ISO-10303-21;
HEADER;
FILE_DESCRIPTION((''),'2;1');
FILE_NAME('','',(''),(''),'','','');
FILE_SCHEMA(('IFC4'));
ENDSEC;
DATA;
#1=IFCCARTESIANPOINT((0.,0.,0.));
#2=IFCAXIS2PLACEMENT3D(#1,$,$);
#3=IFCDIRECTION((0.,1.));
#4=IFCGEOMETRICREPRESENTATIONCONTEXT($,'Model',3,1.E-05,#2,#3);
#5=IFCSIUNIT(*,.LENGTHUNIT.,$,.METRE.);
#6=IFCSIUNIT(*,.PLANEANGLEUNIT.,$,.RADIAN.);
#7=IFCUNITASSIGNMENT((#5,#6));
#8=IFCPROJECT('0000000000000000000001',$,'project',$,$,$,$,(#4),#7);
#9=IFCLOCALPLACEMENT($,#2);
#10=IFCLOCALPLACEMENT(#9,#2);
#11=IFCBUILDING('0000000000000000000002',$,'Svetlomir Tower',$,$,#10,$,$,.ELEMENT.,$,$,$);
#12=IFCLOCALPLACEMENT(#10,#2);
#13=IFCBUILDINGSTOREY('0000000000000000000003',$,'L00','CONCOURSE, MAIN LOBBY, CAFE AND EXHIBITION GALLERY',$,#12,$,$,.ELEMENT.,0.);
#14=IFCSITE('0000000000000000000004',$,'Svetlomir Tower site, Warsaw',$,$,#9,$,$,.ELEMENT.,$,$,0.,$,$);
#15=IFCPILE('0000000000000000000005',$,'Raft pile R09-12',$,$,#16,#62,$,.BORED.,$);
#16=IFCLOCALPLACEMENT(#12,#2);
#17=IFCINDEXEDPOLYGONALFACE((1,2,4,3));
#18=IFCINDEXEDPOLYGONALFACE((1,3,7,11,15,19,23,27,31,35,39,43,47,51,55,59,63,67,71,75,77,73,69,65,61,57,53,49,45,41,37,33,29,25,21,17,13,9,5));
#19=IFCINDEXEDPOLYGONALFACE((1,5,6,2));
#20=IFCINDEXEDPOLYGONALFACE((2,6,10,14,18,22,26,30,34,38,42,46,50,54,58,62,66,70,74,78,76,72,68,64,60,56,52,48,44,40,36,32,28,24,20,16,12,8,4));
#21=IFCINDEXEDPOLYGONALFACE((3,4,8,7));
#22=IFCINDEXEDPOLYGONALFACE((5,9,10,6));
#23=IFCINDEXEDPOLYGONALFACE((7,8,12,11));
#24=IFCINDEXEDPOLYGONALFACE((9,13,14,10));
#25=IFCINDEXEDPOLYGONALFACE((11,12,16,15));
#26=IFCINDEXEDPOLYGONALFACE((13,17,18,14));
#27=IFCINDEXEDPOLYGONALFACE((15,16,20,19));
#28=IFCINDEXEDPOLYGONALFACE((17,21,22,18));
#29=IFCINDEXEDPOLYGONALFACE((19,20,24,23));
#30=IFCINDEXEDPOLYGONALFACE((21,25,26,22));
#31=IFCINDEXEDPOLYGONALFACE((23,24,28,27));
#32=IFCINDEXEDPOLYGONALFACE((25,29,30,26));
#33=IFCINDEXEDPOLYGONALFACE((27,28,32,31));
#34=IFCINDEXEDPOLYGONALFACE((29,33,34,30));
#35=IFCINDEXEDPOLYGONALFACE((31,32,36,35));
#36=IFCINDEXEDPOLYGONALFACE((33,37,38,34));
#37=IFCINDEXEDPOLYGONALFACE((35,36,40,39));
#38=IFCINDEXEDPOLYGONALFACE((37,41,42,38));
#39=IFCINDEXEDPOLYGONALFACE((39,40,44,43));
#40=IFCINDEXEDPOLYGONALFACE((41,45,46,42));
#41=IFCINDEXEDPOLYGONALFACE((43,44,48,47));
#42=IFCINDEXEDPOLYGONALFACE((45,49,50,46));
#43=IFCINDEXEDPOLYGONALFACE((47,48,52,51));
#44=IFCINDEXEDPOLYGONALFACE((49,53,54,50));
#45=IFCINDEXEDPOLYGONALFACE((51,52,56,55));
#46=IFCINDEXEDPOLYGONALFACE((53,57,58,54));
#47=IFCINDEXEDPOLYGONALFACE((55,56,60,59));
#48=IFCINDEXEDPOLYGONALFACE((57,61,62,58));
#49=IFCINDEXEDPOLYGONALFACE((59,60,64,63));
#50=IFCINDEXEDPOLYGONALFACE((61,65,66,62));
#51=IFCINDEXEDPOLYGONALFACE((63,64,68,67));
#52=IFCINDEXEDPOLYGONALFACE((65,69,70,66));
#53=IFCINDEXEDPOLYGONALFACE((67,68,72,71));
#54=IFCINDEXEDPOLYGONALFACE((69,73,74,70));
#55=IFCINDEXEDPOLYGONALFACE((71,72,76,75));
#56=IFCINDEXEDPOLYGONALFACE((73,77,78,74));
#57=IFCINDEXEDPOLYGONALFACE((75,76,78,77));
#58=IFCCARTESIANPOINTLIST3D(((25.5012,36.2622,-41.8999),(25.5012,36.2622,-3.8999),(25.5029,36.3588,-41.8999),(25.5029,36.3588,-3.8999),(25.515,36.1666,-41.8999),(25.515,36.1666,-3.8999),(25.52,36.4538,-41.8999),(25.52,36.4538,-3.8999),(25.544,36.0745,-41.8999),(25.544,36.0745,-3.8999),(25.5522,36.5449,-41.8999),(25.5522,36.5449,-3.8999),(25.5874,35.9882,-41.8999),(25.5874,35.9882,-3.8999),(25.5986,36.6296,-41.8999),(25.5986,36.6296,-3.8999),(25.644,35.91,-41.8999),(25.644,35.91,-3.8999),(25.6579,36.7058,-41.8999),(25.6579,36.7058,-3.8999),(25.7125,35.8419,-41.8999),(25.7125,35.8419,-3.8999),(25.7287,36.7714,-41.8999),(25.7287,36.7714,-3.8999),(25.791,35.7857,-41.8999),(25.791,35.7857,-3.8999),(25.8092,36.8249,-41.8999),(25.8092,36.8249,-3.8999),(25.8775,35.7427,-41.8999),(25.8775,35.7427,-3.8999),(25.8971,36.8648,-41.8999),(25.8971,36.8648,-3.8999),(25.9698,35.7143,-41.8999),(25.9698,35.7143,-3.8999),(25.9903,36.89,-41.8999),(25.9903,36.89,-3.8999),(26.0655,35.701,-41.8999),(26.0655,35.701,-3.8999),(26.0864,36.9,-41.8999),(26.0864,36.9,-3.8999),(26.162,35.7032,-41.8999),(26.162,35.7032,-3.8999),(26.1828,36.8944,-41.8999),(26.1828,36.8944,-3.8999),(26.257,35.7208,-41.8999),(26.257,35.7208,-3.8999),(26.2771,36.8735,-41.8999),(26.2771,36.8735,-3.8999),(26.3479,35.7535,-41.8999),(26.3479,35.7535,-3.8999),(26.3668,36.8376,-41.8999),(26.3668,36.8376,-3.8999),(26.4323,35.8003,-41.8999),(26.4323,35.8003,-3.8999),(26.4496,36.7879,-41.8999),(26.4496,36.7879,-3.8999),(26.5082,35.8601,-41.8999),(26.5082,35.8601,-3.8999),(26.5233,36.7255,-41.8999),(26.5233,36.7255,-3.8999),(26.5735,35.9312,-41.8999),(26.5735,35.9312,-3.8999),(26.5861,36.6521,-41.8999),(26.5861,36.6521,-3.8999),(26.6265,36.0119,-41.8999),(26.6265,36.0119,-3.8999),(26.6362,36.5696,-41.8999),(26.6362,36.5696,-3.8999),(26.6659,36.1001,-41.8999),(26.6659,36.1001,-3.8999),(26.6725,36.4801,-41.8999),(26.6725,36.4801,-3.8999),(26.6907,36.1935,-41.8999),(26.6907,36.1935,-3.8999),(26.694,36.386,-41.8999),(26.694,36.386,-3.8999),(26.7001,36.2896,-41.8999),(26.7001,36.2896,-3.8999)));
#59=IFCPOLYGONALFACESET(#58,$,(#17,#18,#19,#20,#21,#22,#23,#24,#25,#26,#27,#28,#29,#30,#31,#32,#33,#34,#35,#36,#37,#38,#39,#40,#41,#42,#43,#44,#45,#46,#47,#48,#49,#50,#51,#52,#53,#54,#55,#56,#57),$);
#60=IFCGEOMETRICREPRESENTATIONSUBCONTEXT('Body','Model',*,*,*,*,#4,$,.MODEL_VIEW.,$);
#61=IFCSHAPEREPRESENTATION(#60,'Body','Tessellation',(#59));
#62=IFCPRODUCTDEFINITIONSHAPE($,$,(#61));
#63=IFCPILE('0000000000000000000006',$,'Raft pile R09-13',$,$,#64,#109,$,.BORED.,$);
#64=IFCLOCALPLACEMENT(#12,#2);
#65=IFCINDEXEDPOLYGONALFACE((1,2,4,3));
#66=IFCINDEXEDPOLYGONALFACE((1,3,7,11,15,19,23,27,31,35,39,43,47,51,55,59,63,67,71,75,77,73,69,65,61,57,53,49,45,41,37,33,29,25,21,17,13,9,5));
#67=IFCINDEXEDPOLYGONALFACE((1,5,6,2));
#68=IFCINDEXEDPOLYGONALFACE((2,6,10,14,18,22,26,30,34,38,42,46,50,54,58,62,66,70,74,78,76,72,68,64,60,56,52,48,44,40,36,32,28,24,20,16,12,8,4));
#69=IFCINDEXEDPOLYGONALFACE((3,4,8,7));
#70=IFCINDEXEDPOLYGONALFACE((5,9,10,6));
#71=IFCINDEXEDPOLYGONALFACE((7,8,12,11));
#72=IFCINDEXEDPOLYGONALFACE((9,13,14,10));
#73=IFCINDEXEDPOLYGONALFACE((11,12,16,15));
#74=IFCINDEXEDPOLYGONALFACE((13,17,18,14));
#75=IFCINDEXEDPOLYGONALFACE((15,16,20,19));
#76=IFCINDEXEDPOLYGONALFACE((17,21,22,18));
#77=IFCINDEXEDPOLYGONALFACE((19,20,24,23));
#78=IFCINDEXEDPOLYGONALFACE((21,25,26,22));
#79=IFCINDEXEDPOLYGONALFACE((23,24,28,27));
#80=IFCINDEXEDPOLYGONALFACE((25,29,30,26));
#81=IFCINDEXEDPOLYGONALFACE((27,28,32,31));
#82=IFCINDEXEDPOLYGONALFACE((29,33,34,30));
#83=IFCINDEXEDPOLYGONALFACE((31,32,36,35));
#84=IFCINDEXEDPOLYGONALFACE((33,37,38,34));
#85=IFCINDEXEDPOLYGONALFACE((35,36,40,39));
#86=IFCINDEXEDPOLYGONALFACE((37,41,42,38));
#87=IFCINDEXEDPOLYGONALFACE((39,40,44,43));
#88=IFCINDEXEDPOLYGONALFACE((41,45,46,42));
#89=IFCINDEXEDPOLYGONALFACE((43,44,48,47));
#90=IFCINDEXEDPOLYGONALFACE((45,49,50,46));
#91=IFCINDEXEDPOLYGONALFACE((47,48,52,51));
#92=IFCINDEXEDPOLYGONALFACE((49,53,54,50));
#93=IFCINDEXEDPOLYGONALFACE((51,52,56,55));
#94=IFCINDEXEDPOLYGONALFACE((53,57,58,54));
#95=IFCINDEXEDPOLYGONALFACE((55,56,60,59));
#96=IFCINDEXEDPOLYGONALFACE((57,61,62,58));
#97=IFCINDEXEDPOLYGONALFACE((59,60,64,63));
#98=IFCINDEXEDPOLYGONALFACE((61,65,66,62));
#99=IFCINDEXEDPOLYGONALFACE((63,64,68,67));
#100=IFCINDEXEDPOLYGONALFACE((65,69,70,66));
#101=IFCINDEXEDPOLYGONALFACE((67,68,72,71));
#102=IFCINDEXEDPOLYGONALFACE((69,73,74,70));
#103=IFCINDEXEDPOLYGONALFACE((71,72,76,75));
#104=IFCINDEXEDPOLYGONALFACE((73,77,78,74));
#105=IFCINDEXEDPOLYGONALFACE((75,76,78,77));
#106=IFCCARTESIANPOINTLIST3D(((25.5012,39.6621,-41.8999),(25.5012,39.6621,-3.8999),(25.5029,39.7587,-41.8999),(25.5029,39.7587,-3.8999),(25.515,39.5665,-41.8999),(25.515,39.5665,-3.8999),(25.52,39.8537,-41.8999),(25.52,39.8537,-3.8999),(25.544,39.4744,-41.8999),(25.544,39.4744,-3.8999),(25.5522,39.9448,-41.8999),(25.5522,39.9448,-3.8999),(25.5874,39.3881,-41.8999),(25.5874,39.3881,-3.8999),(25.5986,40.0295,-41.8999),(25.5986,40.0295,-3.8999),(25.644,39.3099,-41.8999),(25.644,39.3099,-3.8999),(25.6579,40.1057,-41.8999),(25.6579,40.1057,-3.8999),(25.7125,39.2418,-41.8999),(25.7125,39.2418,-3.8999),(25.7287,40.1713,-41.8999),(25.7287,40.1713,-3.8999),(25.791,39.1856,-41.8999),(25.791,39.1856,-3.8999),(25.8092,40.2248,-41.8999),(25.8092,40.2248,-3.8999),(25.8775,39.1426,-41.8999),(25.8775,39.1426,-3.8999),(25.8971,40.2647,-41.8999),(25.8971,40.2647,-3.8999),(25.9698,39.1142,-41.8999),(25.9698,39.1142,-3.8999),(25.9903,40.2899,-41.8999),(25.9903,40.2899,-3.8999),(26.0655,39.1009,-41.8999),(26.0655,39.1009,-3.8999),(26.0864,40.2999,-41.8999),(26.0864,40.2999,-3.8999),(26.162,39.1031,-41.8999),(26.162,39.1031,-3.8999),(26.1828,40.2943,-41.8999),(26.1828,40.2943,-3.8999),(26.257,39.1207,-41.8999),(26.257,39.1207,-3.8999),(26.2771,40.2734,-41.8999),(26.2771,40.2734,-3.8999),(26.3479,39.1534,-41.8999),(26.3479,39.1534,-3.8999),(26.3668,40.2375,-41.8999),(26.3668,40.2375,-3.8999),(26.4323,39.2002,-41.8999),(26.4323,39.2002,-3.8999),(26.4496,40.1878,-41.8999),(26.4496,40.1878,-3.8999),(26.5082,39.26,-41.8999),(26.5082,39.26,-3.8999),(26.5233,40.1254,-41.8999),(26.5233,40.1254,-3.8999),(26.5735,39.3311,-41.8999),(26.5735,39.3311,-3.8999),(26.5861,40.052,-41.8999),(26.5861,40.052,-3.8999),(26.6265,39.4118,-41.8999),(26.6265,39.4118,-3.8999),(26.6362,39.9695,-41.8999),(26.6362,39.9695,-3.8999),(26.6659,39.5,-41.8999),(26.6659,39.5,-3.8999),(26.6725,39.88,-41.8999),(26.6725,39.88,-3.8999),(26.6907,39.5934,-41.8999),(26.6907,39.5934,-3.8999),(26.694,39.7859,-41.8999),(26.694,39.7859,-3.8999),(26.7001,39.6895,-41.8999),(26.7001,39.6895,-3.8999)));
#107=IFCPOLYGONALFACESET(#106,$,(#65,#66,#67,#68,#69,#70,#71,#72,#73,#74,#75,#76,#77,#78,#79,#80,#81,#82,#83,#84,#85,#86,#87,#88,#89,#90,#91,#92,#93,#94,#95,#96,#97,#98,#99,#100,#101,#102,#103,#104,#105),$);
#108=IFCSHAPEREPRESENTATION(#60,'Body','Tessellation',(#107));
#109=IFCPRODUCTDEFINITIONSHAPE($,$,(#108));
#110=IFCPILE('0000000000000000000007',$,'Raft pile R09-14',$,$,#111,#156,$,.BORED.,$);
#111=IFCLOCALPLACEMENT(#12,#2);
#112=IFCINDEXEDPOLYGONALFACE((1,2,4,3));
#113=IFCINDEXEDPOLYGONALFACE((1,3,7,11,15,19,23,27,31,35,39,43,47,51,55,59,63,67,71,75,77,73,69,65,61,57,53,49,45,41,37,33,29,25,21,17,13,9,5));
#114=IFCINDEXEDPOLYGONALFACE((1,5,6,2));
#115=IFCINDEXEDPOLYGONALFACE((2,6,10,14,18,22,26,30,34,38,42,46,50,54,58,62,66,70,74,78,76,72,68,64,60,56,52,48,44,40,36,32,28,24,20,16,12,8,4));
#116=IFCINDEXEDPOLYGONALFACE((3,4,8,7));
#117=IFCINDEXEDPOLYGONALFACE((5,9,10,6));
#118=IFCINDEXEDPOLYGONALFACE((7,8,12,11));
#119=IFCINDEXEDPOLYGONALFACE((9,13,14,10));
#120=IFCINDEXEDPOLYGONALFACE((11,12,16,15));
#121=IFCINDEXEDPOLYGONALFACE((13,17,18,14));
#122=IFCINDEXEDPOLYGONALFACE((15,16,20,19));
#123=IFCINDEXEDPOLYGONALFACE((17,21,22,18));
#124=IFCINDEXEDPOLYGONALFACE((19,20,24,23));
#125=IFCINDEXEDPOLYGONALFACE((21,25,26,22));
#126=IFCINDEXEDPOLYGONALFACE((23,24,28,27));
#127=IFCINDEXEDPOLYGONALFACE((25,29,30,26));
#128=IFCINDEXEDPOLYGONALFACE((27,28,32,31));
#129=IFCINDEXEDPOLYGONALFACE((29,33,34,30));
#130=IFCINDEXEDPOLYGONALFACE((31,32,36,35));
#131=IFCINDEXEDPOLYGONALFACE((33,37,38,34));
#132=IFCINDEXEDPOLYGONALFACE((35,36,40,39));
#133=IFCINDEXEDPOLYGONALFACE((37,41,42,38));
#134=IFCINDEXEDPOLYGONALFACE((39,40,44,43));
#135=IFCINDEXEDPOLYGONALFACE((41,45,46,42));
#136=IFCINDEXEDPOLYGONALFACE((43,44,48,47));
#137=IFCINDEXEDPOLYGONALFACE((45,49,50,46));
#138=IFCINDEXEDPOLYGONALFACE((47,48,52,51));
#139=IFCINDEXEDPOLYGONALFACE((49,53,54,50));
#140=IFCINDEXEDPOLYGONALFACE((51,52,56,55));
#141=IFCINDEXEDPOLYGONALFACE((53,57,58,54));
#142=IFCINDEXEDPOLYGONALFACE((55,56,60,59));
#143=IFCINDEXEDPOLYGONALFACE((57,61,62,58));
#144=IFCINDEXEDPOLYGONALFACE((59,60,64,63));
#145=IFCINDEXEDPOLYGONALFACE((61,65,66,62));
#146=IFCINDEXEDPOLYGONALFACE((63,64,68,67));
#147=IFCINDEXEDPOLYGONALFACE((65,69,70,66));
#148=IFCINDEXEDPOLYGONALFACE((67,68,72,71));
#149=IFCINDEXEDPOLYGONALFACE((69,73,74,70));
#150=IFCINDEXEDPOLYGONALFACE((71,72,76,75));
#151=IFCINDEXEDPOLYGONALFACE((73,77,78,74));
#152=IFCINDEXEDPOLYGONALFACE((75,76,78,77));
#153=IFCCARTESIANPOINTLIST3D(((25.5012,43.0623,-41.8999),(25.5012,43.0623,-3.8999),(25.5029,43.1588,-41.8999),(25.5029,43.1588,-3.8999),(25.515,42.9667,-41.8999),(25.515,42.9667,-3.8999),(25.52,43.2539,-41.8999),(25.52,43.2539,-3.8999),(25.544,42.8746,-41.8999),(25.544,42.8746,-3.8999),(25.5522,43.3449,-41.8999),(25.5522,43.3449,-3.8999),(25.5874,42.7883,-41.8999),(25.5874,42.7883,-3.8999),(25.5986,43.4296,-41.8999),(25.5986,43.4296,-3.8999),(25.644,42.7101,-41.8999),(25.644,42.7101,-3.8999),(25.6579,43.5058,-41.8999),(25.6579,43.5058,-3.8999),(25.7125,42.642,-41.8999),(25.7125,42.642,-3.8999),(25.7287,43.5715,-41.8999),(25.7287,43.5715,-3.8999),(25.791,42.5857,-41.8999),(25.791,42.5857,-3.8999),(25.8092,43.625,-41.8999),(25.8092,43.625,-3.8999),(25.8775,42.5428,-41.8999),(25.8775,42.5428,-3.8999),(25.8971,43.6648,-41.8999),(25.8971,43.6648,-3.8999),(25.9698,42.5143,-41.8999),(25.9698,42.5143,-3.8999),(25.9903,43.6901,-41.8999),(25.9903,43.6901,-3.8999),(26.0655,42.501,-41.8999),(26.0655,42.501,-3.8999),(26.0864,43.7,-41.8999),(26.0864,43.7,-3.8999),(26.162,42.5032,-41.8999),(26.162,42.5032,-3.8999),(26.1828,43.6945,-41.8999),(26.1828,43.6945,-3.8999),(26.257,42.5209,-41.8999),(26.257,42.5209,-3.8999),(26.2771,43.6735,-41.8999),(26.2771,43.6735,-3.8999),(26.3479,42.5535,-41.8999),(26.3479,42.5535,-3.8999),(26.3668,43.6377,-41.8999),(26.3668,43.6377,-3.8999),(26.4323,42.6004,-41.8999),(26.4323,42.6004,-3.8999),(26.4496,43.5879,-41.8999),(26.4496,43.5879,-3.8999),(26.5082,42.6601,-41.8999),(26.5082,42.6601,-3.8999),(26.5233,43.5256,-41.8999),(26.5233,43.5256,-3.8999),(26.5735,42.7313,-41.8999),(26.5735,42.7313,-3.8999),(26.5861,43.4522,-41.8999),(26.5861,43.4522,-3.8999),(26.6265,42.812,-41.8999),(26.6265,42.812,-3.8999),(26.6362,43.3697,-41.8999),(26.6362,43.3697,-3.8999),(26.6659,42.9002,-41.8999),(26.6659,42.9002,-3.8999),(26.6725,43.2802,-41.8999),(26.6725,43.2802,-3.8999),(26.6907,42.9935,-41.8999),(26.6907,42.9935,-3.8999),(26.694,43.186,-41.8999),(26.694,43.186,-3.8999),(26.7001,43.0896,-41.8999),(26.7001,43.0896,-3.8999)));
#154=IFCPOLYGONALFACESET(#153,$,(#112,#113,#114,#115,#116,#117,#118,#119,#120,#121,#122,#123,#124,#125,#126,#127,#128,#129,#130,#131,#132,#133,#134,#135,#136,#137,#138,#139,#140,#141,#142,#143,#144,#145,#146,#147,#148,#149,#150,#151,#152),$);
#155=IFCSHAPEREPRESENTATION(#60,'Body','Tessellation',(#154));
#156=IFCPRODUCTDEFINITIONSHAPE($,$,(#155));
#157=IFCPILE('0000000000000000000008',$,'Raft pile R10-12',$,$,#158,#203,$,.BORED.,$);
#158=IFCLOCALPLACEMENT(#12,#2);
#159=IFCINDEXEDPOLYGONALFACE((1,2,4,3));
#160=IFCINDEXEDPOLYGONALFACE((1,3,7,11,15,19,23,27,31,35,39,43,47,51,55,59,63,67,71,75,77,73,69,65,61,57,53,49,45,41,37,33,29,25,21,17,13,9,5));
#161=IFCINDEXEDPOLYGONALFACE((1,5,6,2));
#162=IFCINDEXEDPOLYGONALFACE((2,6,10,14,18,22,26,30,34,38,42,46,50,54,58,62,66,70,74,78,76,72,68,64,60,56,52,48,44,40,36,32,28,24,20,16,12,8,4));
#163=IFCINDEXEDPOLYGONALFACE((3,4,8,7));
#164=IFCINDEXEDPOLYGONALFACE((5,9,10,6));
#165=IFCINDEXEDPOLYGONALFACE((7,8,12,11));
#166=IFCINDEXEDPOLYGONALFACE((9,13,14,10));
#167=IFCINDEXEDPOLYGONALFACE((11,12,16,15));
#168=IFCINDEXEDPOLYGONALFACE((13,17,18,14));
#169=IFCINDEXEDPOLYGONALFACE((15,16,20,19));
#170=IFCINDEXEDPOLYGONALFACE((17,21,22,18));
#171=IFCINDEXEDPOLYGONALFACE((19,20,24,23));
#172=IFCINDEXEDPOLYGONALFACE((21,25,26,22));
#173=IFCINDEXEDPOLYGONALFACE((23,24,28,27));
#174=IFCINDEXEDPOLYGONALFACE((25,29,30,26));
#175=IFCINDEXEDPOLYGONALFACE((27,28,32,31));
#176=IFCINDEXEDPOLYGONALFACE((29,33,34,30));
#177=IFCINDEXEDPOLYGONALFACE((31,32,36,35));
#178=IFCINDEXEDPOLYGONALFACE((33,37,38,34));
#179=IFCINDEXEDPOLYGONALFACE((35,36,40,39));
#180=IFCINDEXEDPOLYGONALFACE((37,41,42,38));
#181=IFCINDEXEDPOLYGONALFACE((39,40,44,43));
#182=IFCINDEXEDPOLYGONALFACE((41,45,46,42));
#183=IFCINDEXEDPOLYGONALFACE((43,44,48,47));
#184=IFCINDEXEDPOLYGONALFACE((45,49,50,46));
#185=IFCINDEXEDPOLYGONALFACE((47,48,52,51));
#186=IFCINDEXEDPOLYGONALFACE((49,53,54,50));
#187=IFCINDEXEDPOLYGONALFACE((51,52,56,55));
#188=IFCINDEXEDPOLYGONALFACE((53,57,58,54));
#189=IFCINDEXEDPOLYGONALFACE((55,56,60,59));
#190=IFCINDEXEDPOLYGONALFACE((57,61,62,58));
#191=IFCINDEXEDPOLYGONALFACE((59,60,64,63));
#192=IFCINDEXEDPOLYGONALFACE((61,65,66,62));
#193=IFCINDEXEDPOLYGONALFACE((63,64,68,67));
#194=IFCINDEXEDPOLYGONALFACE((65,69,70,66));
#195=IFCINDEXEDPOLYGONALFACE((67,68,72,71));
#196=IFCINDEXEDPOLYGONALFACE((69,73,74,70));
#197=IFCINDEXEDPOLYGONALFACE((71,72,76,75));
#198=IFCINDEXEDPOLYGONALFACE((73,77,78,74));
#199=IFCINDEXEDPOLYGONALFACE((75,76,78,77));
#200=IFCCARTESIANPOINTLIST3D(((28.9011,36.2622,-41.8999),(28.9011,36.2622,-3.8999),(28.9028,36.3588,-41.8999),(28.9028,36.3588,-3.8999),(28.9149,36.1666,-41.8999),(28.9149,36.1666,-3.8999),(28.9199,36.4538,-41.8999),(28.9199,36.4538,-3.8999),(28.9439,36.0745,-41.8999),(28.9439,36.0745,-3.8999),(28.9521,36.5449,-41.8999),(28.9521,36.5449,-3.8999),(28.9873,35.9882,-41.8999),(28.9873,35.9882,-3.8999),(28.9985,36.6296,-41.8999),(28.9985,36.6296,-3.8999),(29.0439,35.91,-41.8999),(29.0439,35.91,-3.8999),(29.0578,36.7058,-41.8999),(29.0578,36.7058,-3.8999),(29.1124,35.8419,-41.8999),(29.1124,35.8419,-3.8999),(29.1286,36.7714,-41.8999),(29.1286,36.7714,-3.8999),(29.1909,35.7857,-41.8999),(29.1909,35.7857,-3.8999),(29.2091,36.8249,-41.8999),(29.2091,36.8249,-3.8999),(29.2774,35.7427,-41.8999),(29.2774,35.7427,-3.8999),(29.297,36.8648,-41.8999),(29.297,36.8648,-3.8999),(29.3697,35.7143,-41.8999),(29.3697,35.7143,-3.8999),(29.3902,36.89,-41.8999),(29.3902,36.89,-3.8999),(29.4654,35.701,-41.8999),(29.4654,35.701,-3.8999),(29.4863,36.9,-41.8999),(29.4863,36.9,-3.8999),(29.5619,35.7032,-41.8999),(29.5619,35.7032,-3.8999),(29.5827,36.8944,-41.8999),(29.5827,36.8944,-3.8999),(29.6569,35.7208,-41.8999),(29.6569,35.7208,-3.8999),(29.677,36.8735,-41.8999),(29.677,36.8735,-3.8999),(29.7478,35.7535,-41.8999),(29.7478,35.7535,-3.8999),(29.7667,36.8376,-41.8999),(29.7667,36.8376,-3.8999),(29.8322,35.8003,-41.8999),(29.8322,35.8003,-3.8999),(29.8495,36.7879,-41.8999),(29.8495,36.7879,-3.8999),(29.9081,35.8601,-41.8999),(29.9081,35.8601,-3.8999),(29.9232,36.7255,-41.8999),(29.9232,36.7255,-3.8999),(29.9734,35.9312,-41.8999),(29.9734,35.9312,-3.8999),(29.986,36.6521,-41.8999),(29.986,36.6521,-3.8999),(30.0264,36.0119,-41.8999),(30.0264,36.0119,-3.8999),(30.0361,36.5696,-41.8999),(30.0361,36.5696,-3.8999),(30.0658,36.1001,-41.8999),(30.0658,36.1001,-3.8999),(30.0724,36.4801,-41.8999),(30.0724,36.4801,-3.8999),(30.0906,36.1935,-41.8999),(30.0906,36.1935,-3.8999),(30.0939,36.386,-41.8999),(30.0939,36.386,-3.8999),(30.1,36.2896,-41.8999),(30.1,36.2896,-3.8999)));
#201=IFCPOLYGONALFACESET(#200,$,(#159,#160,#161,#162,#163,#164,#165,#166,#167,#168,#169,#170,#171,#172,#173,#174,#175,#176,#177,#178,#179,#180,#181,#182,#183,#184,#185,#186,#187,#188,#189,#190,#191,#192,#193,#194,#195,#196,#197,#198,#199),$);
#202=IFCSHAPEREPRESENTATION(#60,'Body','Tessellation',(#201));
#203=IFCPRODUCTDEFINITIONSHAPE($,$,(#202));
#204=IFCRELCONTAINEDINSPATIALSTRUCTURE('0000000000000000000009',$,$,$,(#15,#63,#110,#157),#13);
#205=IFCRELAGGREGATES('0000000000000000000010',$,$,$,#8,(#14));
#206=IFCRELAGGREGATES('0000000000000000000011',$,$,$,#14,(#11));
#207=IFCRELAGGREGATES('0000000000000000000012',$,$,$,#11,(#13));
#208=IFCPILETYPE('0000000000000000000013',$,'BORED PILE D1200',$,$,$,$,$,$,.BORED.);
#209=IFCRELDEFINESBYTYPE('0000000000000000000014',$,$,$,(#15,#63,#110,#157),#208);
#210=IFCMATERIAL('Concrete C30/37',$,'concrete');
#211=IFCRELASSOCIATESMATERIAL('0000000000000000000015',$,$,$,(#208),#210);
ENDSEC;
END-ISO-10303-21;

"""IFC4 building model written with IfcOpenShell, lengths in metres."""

from ifc_helpers import new_model, si_unit, direction, frame, frame_2d, origin, origin_2d, place, context, subcontext, project, spatial, circle, extrude, material, material_profile, profile_set, type_object, element, save


model = new_model("IFC4")

# Units and contexts
model_context = context("Model", 3, precision=1e-05, world=origin(), true_north=direction((0.0, 1.0)))
body_context = subcontext(model_context, "Body", "Model", "MODEL_VIEW")
ifc_project = project(units=[si_unit("LENGTHUNIT", "METRE"), si_unit("PLANEANGLEUNIT", "RADIAN")], contexts=[model_context])

# Site, building, storey
site_placement = place(None, origin())
site = spatial("IfcSite", under=ifc_project, at=site_placement, Name="Svetlomir Tower site, Warsaw", CompositionType="ELEMENT", RefElevation=0.0)
building_placement = place(site_placement, origin())
building = spatial("IfcBuilding", under=site, at=building_placement, Name="Svetlomir Tower", CompositionType="ELEMENT")
storey_placement = place(building_placement, origin())
storey = spatial("IfcBuildingStorey", under=building, at=storey_placement, Name="L00", Description="CONCOURSE, MAIN LOBBY, CAFE AND EXHIBITION GALLERY", CompositionType="ELEMENT", Elevation=0.0)

# Piles
ifc_material_1 = material(Name="Concrete C30/37", Category="concrete")
ifc_material_profile_1 = material_profile(ifc_material_1, circle(Radius=0.6001, at=origin_2d()), Name="D1200")
ifc_profile_set_1 = profile_set([ifc_material_profile_1], Name="Concrete C30/37")
pile_type = type_object("IfcPileType", Name="BORED PILE D1200", PredefinedType="BORED", material=ifc_profile_set_1)
for number, where, z_axis, x_axis, name in (
    (1, (26.1001, 36.3, -3.8999), (0.0, 0.0, -1.0), (1.0, 0.0, 0.0), "Raft pile R09-12"),
    (2, (26.1001, 39.7, -3.8999), (0.0, 0.0, -1.0), (1.0, 0.0, 0.0), "Raft pile R09-13"),
    (3, (26.1001, 43.1001, -3.8999), (0.0, 0.0, -1.0), (1.0, 0.0, 0.0), "Raft pile R09-14"),
    (4, (29.5, 36.3, -3.8999), (0.0, 0.0, -1.0), (1.0, 0.0, 0.0), "Raft pile R10-12"),
):
    element("IfcPile", number, at=place(storey_placement, frame(where, z_axis=z_axis, x_axis=x_axis)), inside=storey, type_object=pile_type, Name=name, PredefinedType="BORED", context=body_context, shape_type="SweptSolid", body=[
        extrude(circle(Radius=0.6001, at=frame_2d((0.0, 0.0), x_axis=(0.999848, 0.017452))), origin(), (0.0, 0.0, 1.0), 38.0),
    ])

save(model, "model.ifc")
